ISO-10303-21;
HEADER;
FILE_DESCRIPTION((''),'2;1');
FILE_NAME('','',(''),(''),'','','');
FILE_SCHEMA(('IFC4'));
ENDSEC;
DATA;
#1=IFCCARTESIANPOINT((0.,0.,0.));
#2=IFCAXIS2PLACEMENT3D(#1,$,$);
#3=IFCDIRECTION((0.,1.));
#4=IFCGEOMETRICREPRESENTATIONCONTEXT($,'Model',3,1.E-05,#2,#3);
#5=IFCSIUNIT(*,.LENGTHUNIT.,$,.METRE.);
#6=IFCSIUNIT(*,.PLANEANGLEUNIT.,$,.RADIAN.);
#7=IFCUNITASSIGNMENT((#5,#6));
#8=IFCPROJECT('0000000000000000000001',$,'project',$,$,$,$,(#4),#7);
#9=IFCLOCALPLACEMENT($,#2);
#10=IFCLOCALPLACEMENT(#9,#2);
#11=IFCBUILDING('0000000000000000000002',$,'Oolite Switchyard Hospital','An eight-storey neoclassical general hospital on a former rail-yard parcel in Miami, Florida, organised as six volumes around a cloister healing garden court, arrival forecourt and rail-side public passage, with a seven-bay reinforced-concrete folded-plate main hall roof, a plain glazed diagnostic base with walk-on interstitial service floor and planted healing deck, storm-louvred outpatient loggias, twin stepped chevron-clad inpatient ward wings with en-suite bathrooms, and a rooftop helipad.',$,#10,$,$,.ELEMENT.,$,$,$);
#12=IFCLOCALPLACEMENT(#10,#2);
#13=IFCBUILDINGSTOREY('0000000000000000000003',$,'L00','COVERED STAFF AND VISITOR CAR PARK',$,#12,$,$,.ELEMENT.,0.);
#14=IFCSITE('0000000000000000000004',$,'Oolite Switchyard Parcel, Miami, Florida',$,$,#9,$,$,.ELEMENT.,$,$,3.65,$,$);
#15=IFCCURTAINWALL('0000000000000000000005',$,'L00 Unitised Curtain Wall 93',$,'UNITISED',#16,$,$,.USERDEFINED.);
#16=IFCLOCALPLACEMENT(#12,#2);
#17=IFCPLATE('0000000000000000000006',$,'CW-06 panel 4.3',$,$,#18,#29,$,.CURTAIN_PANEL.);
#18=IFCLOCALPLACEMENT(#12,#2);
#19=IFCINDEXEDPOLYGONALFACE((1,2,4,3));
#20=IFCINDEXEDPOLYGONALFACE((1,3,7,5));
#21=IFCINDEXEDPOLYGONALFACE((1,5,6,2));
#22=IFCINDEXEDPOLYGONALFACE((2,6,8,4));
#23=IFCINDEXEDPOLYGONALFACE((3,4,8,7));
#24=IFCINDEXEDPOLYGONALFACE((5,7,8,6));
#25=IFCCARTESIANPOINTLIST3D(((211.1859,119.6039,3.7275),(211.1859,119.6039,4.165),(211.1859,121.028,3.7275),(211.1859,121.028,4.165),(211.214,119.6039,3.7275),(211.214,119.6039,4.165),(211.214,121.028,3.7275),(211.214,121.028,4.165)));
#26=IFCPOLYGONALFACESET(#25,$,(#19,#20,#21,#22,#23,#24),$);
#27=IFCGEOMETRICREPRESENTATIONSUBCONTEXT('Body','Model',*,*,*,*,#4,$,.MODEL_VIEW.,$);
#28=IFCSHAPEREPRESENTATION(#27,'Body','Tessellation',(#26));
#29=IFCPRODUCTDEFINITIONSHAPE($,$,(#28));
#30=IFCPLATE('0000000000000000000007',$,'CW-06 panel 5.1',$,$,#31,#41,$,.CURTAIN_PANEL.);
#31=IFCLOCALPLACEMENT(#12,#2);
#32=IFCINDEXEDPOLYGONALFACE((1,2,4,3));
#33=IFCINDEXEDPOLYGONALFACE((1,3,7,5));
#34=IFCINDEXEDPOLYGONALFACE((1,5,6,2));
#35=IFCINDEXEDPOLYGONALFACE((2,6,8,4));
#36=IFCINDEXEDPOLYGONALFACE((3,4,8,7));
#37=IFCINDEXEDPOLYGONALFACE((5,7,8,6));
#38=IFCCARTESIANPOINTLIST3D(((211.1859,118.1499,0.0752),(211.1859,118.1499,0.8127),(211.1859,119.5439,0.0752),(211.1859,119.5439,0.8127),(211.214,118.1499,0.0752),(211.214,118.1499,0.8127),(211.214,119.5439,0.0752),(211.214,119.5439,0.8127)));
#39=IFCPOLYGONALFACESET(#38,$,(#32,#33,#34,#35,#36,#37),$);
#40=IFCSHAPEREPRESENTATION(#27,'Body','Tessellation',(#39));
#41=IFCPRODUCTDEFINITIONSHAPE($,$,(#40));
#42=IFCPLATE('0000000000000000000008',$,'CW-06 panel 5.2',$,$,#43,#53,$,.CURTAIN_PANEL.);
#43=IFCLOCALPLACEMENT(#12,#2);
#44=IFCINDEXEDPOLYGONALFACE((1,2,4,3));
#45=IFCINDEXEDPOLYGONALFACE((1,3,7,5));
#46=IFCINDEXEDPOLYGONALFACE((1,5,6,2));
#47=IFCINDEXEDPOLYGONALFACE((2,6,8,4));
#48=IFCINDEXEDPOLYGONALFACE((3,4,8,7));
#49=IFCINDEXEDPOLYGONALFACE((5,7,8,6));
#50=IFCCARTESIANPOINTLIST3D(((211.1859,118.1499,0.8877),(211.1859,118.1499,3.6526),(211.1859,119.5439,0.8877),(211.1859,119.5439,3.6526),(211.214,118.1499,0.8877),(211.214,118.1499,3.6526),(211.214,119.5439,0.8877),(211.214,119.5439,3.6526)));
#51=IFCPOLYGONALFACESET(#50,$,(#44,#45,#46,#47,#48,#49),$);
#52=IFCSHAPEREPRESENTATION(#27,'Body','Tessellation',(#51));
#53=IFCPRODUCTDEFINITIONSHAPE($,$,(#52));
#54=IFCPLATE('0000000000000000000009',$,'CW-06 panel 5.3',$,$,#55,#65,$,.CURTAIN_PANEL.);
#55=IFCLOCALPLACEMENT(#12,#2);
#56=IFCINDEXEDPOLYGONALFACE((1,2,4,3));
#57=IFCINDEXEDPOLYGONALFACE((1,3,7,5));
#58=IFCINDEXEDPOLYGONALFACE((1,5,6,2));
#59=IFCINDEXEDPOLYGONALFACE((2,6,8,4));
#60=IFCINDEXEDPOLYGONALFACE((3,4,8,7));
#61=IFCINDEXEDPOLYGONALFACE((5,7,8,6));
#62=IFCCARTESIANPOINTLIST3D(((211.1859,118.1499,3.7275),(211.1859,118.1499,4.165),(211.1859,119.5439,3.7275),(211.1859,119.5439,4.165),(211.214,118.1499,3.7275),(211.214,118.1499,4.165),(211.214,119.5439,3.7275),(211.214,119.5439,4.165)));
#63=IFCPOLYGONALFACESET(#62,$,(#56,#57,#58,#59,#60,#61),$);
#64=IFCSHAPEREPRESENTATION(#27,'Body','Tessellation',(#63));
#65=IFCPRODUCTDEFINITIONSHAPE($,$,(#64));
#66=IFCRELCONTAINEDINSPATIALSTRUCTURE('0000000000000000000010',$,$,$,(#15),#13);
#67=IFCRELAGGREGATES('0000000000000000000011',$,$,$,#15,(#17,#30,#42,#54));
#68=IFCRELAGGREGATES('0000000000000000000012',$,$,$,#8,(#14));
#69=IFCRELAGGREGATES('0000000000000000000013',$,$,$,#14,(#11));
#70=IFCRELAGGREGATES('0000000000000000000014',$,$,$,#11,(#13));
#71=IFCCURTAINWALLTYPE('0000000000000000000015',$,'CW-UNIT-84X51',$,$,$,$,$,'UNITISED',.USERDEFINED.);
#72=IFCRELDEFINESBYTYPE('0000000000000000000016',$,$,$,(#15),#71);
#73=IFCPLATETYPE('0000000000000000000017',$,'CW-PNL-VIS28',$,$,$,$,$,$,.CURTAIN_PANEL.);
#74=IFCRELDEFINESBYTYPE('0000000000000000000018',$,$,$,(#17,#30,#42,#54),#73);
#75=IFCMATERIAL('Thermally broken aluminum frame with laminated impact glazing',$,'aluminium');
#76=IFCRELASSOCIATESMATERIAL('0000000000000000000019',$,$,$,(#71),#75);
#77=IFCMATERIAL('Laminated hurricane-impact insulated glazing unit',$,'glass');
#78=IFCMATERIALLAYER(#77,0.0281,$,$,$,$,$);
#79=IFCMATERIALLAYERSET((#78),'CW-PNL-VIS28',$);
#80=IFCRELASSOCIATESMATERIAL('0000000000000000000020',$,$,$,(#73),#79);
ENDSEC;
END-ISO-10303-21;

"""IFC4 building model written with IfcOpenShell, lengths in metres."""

from ifc_helpers import new_model, si_unit, direction, frame, origin, origin_2d, place, context, subcontext, project, spatial, rectangle, extrude, material, layer, layer_set, type_object, element, aggregate, save


model = new_model("IFC4")

# Units and contexts
model_context = context("Model", 3, precision=1e-05, world=origin(), true_north=direction((0.0, 1.0)))
body_context = subcontext(model_context, "Body", "Model", "MODEL_VIEW")
ifc_project = project(units=[si_unit("LENGTHUNIT", "METRE"), si_unit("PLANEANGLEUNIT", "RADIAN")], contexts=[model_context])

# Site, building, storey
site_placement = place(None, origin())
site = spatial("IfcSite", under=ifc_project, at=site_placement, Name="Oolite Switchyard Parcel, Miami, Florida", CompositionType="ELEMENT", RefElevation=3.65)
building_placement = place(site_placement, origin())
building = spatial("IfcBuilding", under=site, at=building_placement, Name="Oolite Switchyard Hospital", Description="An eight-storey neoclassical general hospital on a former rail-yard parcel in Miami, Florida, organised as six volumes around a cloister healing garden court, arrival forecourt and rail-side public passage, with a seven-bay reinforced-concrete folded-plate main hall roof, a plain glazed diagnostic base with walk-on interstitial service floor and planted healing deck, storm-louvred outpatient loggias, twin stepped chevron-clad inpatient ward wings with en-suite bathrooms, and a rooftop helipad.", CompositionType="ELEMENT")
storey_placement = place(building_placement, origin())
storey = spatial("IfcBuildingStorey", under=building, at=storey_placement, Name="L00", Description="COVERED STAFF AND VISITOR CAR PARK", CompositionType="ELEMENT", Elevation=0.0)

# Curtain wall
ifc_material_1 = material(Name="Thermally broken aluminum frame with laminated impact glazing", Category="aluminium")
curtain_wall_type = type_object("IfcCurtainWallType", Name="CW-UNIT-84X51", ElementType="UNITISED", PredefinedType="USERDEFINED", material=ifc_material_1)
curtain_wall_1_placement = place(storey_placement, origin())
curtain_wall_1 = element("IfcCurtainWall", 1, at=curtain_wall_1_placement, inside=storey, type_object=curtain_wall_type, Name="L00 Unitised Curtain Wall 93", ObjectType="UNITISED", PredefinedType="USERDEFINED")

# Plates
ifc_material_2 = material(Name="Laminated hurricane-impact insulated glazing unit", Category="glass")
ifc_layer = layer(ifc_material_2, 0.0281)
ifc_layer_set = layer_set([ifc_layer], Name="CW-PNL-VIS28")
plate_type = type_object("IfcPlateType", Name="CW-PNL-VIS28", PredefinedType="CURTAIN_PANEL", material=ifc_layer_set)
plate_1_placement = place(storey_placement, frame((211.2, 120.3159, 3.7275), z_axis=(0.0, 0.0, 1.0), x_axis=(0.0, -1.0, 0.0)))
plate_1 = element("IfcPlate", 2, at=plate_1_placement, type_object=plate_type, Name="CW-06 panel 4.3", PredefinedType="CURTAIN_PANEL", context=body_context, shape_type="SweptSolid", body=[
    extrude(rectangle(XDim=1.4241, YDim=0.0281, at=origin_2d()), origin(), (0.0, 0.0, 1.0), 0.4375),
])
plate_2_placement = place(storey_placement, frame((211.2, 118.8469, 0.0752), z_axis=(0.0, 0.0, 1.0), x_axis=(0.0, -1.0, 0.0)))
plate_2 = element("IfcPlate", 3, at=plate_2_placement, type_object=plate_type, Name="CW-06 panel 5.1", PredefinedType="CURTAIN_PANEL", context=body_context, shape_type="SweptSolid", body=[
    extrude(rectangle(XDim=1.394, YDim=0.0281, at=origin_2d()), origin(), (0.0, 0.0, 1.0), 0.7375),
])
plate_3_placement = place(storey_placement, frame((211.2, 118.8469, 0.8877), z_axis=(0.0, 0.0, 1.0), x_axis=(0.0, -1.0, 0.0)))
plate_3 = element("IfcPlate", 4, at=plate_3_placement, type_object=plate_type, Name="CW-06 panel 5.2", PredefinedType="CURTAIN_PANEL", context=body_context, shape_type="SweptSolid", body=[
    extrude(rectangle(XDim=1.394, YDim=0.0281, at=origin_2d()), origin(), (0.0, 0.0, 1.0), 2.7649),
])
plate_4_placement = place(storey_placement, frame((211.2, 118.8469, 3.7275), z_axis=(0.0, 0.0, 1.0), x_axis=(0.0, -1.0, 0.0)))
plate_4 = element("IfcPlate", 5, at=plate_4_placement, type_object=plate_type, Name="CW-06 panel 5.3", PredefinedType="CURTAIN_PANEL", context=body_context, shape_type="SweptSolid", body=[
    extrude(rectangle(XDim=1.394, YDim=0.0281, at=origin_2d()), origin(), (0.0, 0.0, 1.0), 0.4375),
])
aggregate(curtain_wall_1, [plate_1, plate_2, plate_3, plate_4])

save(model, "model.ifc")
